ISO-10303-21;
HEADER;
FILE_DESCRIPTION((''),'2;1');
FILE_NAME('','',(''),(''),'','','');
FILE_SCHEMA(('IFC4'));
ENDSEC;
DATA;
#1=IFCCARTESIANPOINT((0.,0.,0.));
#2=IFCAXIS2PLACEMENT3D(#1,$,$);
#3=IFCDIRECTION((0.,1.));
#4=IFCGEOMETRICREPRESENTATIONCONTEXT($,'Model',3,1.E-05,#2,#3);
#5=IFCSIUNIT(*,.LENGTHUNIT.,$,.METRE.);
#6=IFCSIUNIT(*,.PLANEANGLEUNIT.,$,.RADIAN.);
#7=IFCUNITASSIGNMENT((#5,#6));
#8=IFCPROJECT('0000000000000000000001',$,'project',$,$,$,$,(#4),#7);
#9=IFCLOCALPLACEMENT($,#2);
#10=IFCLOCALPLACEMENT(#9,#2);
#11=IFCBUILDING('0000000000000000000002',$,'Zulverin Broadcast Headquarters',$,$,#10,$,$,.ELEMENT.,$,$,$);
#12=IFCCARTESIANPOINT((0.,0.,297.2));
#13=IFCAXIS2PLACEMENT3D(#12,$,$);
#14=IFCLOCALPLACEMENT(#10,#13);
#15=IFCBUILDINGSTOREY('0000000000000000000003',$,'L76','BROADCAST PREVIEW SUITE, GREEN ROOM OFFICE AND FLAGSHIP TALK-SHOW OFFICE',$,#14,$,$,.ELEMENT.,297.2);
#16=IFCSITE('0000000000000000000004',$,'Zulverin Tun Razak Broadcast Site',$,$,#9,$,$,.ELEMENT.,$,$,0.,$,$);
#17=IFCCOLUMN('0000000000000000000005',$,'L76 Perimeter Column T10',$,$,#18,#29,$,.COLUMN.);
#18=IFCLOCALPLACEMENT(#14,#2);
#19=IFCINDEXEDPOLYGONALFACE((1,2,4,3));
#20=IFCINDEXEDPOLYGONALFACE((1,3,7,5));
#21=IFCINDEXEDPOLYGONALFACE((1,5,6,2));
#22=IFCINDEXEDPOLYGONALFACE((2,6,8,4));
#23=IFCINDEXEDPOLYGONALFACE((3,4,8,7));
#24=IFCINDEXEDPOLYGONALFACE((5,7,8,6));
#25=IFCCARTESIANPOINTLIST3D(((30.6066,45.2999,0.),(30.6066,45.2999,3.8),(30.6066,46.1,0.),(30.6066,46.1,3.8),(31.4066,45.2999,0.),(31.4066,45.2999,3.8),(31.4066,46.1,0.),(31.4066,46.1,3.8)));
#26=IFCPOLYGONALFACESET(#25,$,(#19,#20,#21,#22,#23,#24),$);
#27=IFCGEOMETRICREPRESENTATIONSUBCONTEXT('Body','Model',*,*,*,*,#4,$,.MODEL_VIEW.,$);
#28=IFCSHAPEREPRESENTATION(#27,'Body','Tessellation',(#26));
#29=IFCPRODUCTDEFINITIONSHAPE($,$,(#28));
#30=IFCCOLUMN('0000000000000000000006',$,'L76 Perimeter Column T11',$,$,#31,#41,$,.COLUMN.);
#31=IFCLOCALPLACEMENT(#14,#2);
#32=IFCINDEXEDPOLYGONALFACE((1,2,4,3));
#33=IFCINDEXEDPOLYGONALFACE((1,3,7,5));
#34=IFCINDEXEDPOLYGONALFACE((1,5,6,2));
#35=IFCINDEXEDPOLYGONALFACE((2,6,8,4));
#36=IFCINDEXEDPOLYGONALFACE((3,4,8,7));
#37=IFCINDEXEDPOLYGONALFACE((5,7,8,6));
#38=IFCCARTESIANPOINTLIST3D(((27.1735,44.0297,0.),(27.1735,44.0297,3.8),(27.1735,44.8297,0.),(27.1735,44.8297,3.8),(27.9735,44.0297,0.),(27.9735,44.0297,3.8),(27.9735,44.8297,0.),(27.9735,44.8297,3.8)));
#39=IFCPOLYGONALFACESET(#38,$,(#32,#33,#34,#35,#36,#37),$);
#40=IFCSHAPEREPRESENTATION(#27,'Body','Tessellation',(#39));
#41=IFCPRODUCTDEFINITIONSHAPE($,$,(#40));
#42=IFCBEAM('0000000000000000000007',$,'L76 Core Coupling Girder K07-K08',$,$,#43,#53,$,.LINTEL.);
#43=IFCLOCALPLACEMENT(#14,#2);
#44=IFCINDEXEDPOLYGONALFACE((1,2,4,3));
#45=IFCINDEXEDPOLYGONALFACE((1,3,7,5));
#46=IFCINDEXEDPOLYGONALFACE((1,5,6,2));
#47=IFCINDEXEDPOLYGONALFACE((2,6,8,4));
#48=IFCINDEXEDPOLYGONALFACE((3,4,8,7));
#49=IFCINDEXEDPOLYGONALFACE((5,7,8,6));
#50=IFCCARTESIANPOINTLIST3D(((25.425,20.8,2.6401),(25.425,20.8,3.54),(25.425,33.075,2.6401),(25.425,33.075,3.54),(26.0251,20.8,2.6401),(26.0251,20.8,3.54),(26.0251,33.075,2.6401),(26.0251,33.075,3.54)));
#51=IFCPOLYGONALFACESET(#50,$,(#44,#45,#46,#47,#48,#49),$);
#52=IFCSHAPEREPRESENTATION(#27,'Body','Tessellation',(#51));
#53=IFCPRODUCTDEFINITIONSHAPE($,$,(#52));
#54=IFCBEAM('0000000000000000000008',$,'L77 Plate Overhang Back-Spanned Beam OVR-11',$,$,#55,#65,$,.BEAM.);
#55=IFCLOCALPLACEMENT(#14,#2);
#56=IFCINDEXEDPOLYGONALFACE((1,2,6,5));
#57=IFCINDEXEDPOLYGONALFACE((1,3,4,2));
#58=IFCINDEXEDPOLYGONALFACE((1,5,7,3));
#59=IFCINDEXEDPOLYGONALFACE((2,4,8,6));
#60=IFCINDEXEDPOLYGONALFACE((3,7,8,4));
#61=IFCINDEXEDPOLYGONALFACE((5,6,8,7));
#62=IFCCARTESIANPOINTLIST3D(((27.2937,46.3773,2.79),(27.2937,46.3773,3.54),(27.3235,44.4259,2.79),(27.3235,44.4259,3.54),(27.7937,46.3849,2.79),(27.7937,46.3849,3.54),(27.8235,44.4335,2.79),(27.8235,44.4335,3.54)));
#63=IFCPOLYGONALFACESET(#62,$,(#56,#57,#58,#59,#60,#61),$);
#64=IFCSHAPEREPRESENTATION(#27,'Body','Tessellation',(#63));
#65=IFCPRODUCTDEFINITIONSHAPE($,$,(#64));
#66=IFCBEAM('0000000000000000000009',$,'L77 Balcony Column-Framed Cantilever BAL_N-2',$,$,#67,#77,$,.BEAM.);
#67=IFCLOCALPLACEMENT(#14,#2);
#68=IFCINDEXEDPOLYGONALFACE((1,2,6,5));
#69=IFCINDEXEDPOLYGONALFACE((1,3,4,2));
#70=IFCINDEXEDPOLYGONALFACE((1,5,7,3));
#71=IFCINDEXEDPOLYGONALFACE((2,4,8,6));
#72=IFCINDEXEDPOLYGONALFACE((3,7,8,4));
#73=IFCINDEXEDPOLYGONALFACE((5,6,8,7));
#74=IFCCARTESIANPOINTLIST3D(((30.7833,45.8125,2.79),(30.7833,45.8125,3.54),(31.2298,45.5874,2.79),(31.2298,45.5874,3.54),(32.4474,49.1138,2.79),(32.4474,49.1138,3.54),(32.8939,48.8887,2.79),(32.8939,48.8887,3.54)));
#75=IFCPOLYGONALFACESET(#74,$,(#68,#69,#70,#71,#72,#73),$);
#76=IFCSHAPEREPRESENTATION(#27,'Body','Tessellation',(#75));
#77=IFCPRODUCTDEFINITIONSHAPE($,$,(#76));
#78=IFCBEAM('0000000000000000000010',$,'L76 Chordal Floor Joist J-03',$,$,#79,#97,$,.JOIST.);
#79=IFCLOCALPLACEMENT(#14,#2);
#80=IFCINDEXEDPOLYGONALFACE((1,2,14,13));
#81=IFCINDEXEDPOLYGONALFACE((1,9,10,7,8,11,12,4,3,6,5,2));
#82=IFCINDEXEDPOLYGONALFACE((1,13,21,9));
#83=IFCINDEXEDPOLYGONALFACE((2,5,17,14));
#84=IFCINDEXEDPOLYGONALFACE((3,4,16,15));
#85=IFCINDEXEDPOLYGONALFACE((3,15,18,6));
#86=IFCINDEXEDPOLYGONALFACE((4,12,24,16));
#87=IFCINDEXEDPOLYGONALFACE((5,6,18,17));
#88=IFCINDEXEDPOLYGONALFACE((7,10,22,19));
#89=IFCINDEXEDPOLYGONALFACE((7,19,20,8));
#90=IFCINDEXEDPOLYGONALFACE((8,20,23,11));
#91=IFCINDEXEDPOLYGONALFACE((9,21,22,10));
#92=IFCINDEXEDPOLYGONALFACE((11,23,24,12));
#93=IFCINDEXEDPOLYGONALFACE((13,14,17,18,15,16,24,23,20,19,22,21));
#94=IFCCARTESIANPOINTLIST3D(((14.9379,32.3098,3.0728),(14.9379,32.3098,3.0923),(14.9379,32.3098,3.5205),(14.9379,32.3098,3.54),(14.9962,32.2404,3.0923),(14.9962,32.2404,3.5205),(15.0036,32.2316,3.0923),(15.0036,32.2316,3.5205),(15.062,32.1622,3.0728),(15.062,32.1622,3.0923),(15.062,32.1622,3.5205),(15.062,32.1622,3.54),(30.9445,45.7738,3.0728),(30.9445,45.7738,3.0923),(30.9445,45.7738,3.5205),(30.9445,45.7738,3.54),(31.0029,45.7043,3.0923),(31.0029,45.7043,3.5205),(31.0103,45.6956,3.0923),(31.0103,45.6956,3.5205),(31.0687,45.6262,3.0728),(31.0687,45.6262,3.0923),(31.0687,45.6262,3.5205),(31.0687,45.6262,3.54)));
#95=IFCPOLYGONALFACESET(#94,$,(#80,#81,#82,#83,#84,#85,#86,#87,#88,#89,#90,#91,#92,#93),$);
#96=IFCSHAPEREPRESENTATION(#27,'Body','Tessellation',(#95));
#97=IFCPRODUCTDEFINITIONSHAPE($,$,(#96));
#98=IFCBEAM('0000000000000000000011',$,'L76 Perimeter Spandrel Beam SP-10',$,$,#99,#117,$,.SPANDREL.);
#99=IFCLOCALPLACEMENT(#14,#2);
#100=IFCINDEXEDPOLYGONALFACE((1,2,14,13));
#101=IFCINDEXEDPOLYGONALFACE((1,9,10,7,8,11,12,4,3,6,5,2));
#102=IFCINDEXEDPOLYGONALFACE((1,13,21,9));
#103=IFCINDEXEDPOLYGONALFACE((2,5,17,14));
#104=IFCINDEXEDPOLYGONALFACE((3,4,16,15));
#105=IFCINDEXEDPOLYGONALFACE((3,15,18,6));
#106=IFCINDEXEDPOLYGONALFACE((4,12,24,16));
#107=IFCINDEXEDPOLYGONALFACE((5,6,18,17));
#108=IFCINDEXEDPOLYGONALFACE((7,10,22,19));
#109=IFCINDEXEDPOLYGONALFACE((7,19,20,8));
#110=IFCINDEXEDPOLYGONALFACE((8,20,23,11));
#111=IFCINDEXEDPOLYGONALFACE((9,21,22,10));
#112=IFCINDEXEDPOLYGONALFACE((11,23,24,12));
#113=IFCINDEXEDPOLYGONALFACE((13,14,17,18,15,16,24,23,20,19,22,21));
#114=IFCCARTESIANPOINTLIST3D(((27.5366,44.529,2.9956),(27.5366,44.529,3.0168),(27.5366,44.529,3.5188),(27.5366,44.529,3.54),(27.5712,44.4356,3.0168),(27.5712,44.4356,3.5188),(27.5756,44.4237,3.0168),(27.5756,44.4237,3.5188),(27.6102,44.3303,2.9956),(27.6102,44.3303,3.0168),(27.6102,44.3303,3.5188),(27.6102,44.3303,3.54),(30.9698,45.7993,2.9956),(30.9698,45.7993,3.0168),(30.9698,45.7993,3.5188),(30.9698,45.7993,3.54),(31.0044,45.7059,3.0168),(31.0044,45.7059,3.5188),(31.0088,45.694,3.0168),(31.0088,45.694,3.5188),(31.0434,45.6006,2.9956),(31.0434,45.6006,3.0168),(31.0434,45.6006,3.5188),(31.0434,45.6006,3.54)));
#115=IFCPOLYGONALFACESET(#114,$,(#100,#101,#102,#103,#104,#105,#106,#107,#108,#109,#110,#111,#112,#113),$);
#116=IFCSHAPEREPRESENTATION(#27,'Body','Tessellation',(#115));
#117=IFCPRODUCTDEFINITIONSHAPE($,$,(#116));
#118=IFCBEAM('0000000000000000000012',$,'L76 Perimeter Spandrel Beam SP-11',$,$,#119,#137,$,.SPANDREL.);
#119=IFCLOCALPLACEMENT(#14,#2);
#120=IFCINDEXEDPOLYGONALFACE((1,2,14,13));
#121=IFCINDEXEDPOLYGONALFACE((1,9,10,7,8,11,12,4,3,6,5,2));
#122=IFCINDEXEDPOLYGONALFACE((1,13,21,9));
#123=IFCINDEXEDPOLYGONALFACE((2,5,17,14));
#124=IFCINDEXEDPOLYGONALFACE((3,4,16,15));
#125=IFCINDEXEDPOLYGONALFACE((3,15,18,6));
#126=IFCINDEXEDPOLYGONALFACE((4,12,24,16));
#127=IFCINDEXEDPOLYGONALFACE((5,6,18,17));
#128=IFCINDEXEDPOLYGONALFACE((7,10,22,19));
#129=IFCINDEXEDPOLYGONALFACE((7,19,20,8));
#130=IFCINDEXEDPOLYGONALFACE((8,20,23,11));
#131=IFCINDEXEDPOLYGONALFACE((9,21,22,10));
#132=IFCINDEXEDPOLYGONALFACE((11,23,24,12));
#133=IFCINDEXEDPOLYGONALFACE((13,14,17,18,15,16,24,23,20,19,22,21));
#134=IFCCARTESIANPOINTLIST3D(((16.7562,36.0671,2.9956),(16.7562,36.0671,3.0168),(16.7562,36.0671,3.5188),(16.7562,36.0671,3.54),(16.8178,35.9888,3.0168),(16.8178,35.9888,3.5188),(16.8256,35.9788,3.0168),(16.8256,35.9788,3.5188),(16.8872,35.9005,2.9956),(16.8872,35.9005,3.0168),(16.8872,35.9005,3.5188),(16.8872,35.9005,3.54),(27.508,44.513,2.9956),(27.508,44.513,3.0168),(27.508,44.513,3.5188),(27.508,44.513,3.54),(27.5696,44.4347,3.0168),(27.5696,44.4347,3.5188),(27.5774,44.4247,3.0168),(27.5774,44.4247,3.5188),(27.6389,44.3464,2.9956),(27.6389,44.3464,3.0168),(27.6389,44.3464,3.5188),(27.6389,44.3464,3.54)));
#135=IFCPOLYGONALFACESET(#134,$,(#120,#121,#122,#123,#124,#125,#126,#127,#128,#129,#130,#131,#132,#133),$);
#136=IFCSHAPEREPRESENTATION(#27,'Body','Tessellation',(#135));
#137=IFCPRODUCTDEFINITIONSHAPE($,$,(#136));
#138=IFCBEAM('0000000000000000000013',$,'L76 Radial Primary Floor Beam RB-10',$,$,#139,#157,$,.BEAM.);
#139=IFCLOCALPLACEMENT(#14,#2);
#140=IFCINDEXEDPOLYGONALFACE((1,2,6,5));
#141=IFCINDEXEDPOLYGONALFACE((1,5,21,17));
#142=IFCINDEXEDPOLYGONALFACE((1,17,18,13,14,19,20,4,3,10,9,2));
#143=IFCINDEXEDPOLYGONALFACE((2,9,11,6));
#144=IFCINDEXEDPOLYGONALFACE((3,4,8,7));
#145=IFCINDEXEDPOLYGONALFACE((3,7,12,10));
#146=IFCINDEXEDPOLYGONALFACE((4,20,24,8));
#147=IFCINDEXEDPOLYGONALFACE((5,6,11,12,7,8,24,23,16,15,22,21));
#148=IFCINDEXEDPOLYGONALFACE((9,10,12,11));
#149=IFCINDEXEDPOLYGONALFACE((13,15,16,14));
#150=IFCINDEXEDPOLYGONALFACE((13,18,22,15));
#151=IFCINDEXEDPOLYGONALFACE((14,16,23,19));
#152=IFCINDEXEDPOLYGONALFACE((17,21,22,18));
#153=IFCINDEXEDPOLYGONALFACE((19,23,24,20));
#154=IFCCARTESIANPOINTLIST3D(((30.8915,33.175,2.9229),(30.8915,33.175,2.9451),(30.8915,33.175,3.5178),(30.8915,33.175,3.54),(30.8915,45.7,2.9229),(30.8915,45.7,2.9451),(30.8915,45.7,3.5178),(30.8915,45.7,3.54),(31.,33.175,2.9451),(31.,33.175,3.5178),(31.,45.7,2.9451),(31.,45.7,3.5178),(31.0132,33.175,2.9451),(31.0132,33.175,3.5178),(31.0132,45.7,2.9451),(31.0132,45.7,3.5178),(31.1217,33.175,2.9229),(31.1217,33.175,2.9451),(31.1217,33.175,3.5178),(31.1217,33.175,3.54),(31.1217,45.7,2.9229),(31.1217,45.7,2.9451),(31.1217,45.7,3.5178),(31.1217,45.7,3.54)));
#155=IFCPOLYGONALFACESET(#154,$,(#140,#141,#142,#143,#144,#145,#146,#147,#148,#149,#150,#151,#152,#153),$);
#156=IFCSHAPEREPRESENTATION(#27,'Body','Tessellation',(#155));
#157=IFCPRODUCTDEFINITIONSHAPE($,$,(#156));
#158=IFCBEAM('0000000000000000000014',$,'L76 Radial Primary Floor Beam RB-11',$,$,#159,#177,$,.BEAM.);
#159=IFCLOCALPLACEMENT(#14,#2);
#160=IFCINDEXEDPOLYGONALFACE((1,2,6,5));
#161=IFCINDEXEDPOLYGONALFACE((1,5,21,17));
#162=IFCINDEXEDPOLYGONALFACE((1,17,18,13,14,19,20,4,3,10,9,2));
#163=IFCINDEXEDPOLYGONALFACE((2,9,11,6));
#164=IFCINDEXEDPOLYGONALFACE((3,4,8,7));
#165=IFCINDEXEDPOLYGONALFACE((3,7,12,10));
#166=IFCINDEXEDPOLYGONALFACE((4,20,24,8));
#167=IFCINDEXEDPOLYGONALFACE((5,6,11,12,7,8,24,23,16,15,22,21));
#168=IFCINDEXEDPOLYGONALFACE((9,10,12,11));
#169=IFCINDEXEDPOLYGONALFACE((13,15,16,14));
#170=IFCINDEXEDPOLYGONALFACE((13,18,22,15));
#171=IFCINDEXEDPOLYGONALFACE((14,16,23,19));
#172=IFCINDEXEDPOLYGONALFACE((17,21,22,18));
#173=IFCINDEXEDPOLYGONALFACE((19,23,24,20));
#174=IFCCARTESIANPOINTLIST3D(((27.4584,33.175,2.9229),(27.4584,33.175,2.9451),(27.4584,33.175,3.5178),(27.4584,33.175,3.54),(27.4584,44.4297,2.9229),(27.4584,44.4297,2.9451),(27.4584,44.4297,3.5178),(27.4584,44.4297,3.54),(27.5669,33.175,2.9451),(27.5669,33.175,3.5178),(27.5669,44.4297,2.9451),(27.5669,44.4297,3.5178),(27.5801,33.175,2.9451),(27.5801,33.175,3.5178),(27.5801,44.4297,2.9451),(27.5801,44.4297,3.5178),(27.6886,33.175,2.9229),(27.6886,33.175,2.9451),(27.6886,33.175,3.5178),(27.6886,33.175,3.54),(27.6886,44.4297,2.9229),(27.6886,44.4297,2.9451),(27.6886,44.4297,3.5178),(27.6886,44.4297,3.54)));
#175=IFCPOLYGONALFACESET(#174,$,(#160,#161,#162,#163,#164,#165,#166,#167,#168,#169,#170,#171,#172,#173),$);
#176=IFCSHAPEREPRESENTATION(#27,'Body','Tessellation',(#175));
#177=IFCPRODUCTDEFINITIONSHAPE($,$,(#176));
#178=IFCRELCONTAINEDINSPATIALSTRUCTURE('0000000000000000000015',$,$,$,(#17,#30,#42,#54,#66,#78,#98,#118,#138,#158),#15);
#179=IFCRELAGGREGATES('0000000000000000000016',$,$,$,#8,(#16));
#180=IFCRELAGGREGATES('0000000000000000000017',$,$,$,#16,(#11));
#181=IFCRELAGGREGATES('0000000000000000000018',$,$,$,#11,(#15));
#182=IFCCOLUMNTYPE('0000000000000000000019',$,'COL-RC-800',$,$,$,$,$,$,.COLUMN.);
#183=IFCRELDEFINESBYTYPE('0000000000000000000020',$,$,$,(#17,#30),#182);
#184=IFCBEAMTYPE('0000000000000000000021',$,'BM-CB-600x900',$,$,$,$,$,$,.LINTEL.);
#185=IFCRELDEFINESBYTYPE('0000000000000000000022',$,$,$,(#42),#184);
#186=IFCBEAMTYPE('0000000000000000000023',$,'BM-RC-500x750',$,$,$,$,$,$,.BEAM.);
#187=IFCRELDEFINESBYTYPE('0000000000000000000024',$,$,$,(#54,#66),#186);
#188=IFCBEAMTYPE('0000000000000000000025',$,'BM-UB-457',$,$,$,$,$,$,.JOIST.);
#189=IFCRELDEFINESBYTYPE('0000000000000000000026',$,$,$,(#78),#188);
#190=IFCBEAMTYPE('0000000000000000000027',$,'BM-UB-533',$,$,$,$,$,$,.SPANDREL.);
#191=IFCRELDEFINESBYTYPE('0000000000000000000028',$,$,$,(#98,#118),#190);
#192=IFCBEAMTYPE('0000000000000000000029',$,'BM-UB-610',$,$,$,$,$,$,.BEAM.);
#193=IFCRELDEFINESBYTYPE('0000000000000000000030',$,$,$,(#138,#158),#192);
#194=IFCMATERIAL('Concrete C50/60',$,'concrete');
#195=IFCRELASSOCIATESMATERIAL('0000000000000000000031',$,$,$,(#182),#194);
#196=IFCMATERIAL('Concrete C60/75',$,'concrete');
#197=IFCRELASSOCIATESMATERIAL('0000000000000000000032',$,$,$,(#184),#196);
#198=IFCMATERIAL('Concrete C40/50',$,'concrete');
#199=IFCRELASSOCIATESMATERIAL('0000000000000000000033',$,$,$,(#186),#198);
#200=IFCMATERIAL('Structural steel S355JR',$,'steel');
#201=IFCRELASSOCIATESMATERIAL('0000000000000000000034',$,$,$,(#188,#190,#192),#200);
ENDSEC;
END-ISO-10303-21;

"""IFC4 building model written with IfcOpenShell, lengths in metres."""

from ifc_helpers import new_model, si_unit, direction, frame, origin, origin_2d, place, context, subcontext, project, spatial, rectangle, i_section, extrude, material, material_profile, profile_set, type_object, element, save


model = new_model("IFC4")

# Units and contexts
model_context = context("Model", 3, precision=1e-05, world=origin(), true_north=direction((0.0, 1.0)))
body_context = subcontext(model_context, "Body", "Model", "MODEL_VIEW")
ifc_project = project(units=[si_unit("LENGTHUNIT", "METRE"), si_unit("PLANEANGLEUNIT", "RADIAN")], contexts=[model_context])

# Site, building, storey
site_placement = place(None, origin())
site = spatial("IfcSite", under=ifc_project, at=site_placement, Name="Zulverin Tun Razak Broadcast Site", CompositionType="ELEMENT", RefElevation=0.0)
building_placement = place(site_placement, origin())
building = spatial("IfcBuilding", under=site, at=building_placement, Name="Zulverin Broadcast Headquarters", CompositionType="ELEMENT")
storey_placement = place(building_placement, frame((0.0, 0.0, 297.2)))
storey = spatial("IfcBuildingStorey", under=building, at=storey_placement, Name="L76", Description="BROADCAST PREVIEW SUITE, GREEN ROOM OFFICE AND FLAGSHIP TALK-SHOW OFFICE", CompositionType="ELEMENT", Elevation=297.2)

# Columns
ifc_material_1 = material(Name="Concrete C50/60", Category="concrete")
ifc_material_profile_1 = material_profile(ifc_material_1, rectangle(XDim=0.8, YDim=0.8, at=origin_2d()), Name="Concrete C50/60", Category="concrete")
ifc_profile_set_1 = profile_set([ifc_material_profile_1], Name="Concrete C50/60")
column_type = type_object("IfcColumnType", Name="COL-RC-800", PredefinedType="COLUMN", material=ifc_profile_set_1)
for number, where, z_axis, x_axis, name in (
    (1, (31.0066, 45.7, 0.0), (0.0, 0.0, 1.0), (1.0, 0.0, 0.0), "L76 Perimeter Column T10"),
    (2, (27.5735, 44.4297, 0.0), (0.0, 0.0, 1.0), (1.0, 0.0, 0.0), "L76 Perimeter Column T11"),
):
    element("IfcColumn", number, at=place(storey_placement, frame(where, z_axis=z_axis, x_axis=x_axis)), inside=storey, type_object=column_type, Name=name, PredefinedType="COLUMN", context=body_context, shape_type="SweptSolid", body=[
        extrude(rectangle(XDim=0.8, YDim=0.8, at=origin_2d()), origin(), (0.0, 0.0, 1.0), 3.8),
    ])

# Beams
ifc_material_2 = material(Name="Concrete C60/75", Category="concrete")
ifc_material_profile_2 = material_profile(ifc_material_2, rectangle(XDim=0.6001, YDim=0.8999, at=origin_2d()), Name="Concrete C60/75", Category="concrete")
ifc_profile_set_2 = profile_set([ifc_material_profile_2], Name="Concrete C60/75")
beam_type_1 = type_object("IfcBeamType", Name="BM-CB-600x900", PredefinedType="LINTEL", material=ifc_profile_set_2)
beam_1_placement = place(storey_placement, frame((25.7251, 33.075, 3.0901), z_axis=(0.0, -1.0, 0.0), x_axis=(1.0, 0.0, 0.0)))
element("IfcBeam", 3, at=beam_1_placement, inside=storey, type_object=beam_type_1, Name="L76 Core Coupling Girder K07-K08", PredefinedType="LINTEL", context=body_context, shape_type="SweptSolid", body=[
    extrude(rectangle(XDim=0.6001, YDim=0.8999, at=origin_2d()), origin(), (0.0, 0.0, 1.0), 12.2749),
])
ifc_material_3 = material(Name="Concrete C40/50", Category="concrete")
ifc_material_profile_3 = material_profile(ifc_material_3, rectangle(XDim=0.5, YDim=0.75, at=origin_2d()), Name="Concrete C40/50", Category="concrete")
ifc_profile_set_3 = profile_set([ifc_material_profile_3], Name="Concrete C40/50")
beam_type_2 = type_object("IfcBeamType", Name="BM-RC-500x750", PredefinedType="BEAM", material=ifc_profile_set_3)
beam_2_placement = place(storey_placement, frame((27.5735, 44.4297, 3.165), z_axis=(-0.015262, 0.999884, 0.0), x_axis=(-0.999884, -0.015262, 0.0)))
element("IfcBeam", 4, at=beam_2_placement, inside=storey, type_object=beam_type_2, Name="L77 Plate Overhang Back-Spanned Beam OVR-11", PredefinedType="BEAM", context=body_context, shape_type="SweptSolid", body=[
    extrude(rectangle(XDim=0.5, YDim=0.75, at=origin_2d()), origin(), (0.0, 0.0, 1.0), 1.9517),
])
beam_3_placement = place(storey_placement, frame((31.0066, 45.7, 3.165), z_axis=(0.450117, 0.89297, 0.0), x_axis=(-0.89297, 0.450117, 0.0)))
element("IfcBeam", 5, at=beam_3_placement, inside=storey, type_object=beam_type_2, Name="L77 Balcony Column-Framed Cantilever BAL_N-2", PredefinedType="BEAM", context=body_context, shape_type="SweptSolid", body=[
    extrude(rectangle(XDim=0.5, YDim=0.75, at=origin_2d()), origin(), (0.0, 0.0, 1.0), 3.697),
])
ifc_material_4 = material(Name="Structural steel S355JR", Category="steel")
ifc_material_profile_4 = material_profile(ifc_material_4, i_section(OverallWidth=0.1929, OverallDepth=0.4673, WebThickness=0.0115, FlangeThickness=0.0195, at=origin_2d()), Name="Structural steel S355JR", Category="steel")
ifc_profile_set_4 = profile_set([ifc_material_profile_4], Name="Structural steel S355JR")
beam_type_3 = type_object("IfcBeamType", Name="BM-UB-457", PredefinedType="JOIST", material=ifc_profile_set_4)
beam_4_placement = place(storey_placement, frame((31.0066, 45.7, 3.3064), z_axis=(-0.765273, -0.643706, 0.0), x_axis=(0.643706, -0.765273, 0.0)))
element("IfcBeam", 6, at=beam_4_placement, inside=storey, type_object=beam_type_3, Name="L76 Chordal Floor Joist J-03", PredefinedType="JOIST", context=body_context, shape_type="SweptSolid", body=[
    extrude(i_section(OverallWidth=0.1929, OverallDepth=0.4673, WebThickness=0.0115, FlangeThickness=0.0195, at=origin_2d()), origin(), (0.0, 0.0, 1.0), 20.9163),
])
ifc_material_profile_5 = material_profile(ifc_material_4, i_section(OverallWidth=0.2119, OverallDepth=0.5444, WebThickness=0.0127, FlangeThickness=0.0212, at=origin_2d()), Name="Structural steel S355JR", Category="steel")
ifc_profile_set_5 = profile_set([ifc_material_profile_5], Name="Structural steel S355JR")
beam_type_4 = type_object("IfcBeamType", Name="BM-UB-533", PredefinedType="SPANDREL", material=ifc_profile_set_5)
beam_5_placement = place(storey_placement, frame((31.0066, 45.7, 3.2678), z_axis=(-0.937861, -0.347012, 0.0), x_axis=(0.347012, -0.937861, 0.0)))
element("IfcBeam", 7, at=beam_5_placement, inside=storey, type_object=beam_type_4, Name="L76 Perimeter Spandrel Beam SP-10", PredefinedType="SPANDREL", context=body_context, shape_type="SweptSolid", body=[
    extrude(i_section(OverallWidth=0.2119, OverallDepth=0.5444, WebThickness=0.0127, FlangeThickness=0.0212, at=origin_2d()), origin(), (0.0, 0.0, 1.0), 3.6606),
])
beam_6_placement = place(storey_placement, frame((27.5735, 44.4297, 3.2678), z_axis=(-0.786388, -0.617732, 0.0), x_axis=(0.617732, -0.786388, 0.0)))
element("IfcBeam", 8, at=beam_6_placement, inside=storey, type_object=beam_type_4, Name="L76 Perimeter Spandrel Beam SP-11", PredefinedType="SPANDREL", context=body_context, shape_type="SweptSolid", body=[
    extrude(i_section(OverallWidth=0.2119, OverallDepth=0.5444, WebThickness=0.0127, FlangeThickness=0.0212, at=origin_2d()), origin(), (0.0, 0.0, 1.0), 13.6724),
])
ifc_material_profile_6 = material_profile(ifc_material_4, i_section(OverallWidth=0.2302, OverallDepth=0.6172, WebThickness=0.0132, FlangeThickness=0.0222, at=origin_2d()), Name="Structural steel S355JR", Category="steel")
ifc_profile_set_6 = profile_set([ifc_material_profile_6], Name="Structural steel S355JR")
beam_type_5 = type_object("IfcBeamType", Name="BM-UB-610", PredefinedType="BEAM", material=ifc_profile_set_6)
beam_7_placement = place(storey_placement, frame((31.0066, 33.175, 3.2314), z_axis=(0.0, 1.0, 0.0), x_axis=(-1.0, 0.0, 0.0)))
element("IfcBeam", 9, at=beam_7_placement, inside=storey, type_object=beam_type_5, Name="L76 Radial Primary Floor Beam RB-10", PredefinedType="BEAM", context=body_context, shape_type="SweptSolid", body=[
    extrude(i_section(OverallWidth=0.2302, OverallDepth=0.6172, WebThickness=0.0132, FlangeThickness=0.0222, at=origin_2d()), origin(), (0.0, 0.0, 1.0), 12.5249),
])
beam_8_placement = place(storey_placement, frame((27.5735, 33.175, 3.2314), z_axis=(0.0, 1.0, 0.0), x_axis=(-1.0, 0.0, 0.0)))
element("IfcBeam", 10, at=beam_8_placement, inside=storey, type_object=beam_type_5, Name="L76 Radial Primary Floor Beam RB-11", PredefinedType="BEAM", context=body_context, shape_type="SweptSolid", body=[
    extrude(i_section(OverallWidth=0.2302, OverallDepth=0.6172, WebThickness=0.0132, FlangeThickness=0.0222, at=origin_2d()), origin(), (0.0, 0.0, 1.0), 11.2546),
])

save(model, "model.ifc")
